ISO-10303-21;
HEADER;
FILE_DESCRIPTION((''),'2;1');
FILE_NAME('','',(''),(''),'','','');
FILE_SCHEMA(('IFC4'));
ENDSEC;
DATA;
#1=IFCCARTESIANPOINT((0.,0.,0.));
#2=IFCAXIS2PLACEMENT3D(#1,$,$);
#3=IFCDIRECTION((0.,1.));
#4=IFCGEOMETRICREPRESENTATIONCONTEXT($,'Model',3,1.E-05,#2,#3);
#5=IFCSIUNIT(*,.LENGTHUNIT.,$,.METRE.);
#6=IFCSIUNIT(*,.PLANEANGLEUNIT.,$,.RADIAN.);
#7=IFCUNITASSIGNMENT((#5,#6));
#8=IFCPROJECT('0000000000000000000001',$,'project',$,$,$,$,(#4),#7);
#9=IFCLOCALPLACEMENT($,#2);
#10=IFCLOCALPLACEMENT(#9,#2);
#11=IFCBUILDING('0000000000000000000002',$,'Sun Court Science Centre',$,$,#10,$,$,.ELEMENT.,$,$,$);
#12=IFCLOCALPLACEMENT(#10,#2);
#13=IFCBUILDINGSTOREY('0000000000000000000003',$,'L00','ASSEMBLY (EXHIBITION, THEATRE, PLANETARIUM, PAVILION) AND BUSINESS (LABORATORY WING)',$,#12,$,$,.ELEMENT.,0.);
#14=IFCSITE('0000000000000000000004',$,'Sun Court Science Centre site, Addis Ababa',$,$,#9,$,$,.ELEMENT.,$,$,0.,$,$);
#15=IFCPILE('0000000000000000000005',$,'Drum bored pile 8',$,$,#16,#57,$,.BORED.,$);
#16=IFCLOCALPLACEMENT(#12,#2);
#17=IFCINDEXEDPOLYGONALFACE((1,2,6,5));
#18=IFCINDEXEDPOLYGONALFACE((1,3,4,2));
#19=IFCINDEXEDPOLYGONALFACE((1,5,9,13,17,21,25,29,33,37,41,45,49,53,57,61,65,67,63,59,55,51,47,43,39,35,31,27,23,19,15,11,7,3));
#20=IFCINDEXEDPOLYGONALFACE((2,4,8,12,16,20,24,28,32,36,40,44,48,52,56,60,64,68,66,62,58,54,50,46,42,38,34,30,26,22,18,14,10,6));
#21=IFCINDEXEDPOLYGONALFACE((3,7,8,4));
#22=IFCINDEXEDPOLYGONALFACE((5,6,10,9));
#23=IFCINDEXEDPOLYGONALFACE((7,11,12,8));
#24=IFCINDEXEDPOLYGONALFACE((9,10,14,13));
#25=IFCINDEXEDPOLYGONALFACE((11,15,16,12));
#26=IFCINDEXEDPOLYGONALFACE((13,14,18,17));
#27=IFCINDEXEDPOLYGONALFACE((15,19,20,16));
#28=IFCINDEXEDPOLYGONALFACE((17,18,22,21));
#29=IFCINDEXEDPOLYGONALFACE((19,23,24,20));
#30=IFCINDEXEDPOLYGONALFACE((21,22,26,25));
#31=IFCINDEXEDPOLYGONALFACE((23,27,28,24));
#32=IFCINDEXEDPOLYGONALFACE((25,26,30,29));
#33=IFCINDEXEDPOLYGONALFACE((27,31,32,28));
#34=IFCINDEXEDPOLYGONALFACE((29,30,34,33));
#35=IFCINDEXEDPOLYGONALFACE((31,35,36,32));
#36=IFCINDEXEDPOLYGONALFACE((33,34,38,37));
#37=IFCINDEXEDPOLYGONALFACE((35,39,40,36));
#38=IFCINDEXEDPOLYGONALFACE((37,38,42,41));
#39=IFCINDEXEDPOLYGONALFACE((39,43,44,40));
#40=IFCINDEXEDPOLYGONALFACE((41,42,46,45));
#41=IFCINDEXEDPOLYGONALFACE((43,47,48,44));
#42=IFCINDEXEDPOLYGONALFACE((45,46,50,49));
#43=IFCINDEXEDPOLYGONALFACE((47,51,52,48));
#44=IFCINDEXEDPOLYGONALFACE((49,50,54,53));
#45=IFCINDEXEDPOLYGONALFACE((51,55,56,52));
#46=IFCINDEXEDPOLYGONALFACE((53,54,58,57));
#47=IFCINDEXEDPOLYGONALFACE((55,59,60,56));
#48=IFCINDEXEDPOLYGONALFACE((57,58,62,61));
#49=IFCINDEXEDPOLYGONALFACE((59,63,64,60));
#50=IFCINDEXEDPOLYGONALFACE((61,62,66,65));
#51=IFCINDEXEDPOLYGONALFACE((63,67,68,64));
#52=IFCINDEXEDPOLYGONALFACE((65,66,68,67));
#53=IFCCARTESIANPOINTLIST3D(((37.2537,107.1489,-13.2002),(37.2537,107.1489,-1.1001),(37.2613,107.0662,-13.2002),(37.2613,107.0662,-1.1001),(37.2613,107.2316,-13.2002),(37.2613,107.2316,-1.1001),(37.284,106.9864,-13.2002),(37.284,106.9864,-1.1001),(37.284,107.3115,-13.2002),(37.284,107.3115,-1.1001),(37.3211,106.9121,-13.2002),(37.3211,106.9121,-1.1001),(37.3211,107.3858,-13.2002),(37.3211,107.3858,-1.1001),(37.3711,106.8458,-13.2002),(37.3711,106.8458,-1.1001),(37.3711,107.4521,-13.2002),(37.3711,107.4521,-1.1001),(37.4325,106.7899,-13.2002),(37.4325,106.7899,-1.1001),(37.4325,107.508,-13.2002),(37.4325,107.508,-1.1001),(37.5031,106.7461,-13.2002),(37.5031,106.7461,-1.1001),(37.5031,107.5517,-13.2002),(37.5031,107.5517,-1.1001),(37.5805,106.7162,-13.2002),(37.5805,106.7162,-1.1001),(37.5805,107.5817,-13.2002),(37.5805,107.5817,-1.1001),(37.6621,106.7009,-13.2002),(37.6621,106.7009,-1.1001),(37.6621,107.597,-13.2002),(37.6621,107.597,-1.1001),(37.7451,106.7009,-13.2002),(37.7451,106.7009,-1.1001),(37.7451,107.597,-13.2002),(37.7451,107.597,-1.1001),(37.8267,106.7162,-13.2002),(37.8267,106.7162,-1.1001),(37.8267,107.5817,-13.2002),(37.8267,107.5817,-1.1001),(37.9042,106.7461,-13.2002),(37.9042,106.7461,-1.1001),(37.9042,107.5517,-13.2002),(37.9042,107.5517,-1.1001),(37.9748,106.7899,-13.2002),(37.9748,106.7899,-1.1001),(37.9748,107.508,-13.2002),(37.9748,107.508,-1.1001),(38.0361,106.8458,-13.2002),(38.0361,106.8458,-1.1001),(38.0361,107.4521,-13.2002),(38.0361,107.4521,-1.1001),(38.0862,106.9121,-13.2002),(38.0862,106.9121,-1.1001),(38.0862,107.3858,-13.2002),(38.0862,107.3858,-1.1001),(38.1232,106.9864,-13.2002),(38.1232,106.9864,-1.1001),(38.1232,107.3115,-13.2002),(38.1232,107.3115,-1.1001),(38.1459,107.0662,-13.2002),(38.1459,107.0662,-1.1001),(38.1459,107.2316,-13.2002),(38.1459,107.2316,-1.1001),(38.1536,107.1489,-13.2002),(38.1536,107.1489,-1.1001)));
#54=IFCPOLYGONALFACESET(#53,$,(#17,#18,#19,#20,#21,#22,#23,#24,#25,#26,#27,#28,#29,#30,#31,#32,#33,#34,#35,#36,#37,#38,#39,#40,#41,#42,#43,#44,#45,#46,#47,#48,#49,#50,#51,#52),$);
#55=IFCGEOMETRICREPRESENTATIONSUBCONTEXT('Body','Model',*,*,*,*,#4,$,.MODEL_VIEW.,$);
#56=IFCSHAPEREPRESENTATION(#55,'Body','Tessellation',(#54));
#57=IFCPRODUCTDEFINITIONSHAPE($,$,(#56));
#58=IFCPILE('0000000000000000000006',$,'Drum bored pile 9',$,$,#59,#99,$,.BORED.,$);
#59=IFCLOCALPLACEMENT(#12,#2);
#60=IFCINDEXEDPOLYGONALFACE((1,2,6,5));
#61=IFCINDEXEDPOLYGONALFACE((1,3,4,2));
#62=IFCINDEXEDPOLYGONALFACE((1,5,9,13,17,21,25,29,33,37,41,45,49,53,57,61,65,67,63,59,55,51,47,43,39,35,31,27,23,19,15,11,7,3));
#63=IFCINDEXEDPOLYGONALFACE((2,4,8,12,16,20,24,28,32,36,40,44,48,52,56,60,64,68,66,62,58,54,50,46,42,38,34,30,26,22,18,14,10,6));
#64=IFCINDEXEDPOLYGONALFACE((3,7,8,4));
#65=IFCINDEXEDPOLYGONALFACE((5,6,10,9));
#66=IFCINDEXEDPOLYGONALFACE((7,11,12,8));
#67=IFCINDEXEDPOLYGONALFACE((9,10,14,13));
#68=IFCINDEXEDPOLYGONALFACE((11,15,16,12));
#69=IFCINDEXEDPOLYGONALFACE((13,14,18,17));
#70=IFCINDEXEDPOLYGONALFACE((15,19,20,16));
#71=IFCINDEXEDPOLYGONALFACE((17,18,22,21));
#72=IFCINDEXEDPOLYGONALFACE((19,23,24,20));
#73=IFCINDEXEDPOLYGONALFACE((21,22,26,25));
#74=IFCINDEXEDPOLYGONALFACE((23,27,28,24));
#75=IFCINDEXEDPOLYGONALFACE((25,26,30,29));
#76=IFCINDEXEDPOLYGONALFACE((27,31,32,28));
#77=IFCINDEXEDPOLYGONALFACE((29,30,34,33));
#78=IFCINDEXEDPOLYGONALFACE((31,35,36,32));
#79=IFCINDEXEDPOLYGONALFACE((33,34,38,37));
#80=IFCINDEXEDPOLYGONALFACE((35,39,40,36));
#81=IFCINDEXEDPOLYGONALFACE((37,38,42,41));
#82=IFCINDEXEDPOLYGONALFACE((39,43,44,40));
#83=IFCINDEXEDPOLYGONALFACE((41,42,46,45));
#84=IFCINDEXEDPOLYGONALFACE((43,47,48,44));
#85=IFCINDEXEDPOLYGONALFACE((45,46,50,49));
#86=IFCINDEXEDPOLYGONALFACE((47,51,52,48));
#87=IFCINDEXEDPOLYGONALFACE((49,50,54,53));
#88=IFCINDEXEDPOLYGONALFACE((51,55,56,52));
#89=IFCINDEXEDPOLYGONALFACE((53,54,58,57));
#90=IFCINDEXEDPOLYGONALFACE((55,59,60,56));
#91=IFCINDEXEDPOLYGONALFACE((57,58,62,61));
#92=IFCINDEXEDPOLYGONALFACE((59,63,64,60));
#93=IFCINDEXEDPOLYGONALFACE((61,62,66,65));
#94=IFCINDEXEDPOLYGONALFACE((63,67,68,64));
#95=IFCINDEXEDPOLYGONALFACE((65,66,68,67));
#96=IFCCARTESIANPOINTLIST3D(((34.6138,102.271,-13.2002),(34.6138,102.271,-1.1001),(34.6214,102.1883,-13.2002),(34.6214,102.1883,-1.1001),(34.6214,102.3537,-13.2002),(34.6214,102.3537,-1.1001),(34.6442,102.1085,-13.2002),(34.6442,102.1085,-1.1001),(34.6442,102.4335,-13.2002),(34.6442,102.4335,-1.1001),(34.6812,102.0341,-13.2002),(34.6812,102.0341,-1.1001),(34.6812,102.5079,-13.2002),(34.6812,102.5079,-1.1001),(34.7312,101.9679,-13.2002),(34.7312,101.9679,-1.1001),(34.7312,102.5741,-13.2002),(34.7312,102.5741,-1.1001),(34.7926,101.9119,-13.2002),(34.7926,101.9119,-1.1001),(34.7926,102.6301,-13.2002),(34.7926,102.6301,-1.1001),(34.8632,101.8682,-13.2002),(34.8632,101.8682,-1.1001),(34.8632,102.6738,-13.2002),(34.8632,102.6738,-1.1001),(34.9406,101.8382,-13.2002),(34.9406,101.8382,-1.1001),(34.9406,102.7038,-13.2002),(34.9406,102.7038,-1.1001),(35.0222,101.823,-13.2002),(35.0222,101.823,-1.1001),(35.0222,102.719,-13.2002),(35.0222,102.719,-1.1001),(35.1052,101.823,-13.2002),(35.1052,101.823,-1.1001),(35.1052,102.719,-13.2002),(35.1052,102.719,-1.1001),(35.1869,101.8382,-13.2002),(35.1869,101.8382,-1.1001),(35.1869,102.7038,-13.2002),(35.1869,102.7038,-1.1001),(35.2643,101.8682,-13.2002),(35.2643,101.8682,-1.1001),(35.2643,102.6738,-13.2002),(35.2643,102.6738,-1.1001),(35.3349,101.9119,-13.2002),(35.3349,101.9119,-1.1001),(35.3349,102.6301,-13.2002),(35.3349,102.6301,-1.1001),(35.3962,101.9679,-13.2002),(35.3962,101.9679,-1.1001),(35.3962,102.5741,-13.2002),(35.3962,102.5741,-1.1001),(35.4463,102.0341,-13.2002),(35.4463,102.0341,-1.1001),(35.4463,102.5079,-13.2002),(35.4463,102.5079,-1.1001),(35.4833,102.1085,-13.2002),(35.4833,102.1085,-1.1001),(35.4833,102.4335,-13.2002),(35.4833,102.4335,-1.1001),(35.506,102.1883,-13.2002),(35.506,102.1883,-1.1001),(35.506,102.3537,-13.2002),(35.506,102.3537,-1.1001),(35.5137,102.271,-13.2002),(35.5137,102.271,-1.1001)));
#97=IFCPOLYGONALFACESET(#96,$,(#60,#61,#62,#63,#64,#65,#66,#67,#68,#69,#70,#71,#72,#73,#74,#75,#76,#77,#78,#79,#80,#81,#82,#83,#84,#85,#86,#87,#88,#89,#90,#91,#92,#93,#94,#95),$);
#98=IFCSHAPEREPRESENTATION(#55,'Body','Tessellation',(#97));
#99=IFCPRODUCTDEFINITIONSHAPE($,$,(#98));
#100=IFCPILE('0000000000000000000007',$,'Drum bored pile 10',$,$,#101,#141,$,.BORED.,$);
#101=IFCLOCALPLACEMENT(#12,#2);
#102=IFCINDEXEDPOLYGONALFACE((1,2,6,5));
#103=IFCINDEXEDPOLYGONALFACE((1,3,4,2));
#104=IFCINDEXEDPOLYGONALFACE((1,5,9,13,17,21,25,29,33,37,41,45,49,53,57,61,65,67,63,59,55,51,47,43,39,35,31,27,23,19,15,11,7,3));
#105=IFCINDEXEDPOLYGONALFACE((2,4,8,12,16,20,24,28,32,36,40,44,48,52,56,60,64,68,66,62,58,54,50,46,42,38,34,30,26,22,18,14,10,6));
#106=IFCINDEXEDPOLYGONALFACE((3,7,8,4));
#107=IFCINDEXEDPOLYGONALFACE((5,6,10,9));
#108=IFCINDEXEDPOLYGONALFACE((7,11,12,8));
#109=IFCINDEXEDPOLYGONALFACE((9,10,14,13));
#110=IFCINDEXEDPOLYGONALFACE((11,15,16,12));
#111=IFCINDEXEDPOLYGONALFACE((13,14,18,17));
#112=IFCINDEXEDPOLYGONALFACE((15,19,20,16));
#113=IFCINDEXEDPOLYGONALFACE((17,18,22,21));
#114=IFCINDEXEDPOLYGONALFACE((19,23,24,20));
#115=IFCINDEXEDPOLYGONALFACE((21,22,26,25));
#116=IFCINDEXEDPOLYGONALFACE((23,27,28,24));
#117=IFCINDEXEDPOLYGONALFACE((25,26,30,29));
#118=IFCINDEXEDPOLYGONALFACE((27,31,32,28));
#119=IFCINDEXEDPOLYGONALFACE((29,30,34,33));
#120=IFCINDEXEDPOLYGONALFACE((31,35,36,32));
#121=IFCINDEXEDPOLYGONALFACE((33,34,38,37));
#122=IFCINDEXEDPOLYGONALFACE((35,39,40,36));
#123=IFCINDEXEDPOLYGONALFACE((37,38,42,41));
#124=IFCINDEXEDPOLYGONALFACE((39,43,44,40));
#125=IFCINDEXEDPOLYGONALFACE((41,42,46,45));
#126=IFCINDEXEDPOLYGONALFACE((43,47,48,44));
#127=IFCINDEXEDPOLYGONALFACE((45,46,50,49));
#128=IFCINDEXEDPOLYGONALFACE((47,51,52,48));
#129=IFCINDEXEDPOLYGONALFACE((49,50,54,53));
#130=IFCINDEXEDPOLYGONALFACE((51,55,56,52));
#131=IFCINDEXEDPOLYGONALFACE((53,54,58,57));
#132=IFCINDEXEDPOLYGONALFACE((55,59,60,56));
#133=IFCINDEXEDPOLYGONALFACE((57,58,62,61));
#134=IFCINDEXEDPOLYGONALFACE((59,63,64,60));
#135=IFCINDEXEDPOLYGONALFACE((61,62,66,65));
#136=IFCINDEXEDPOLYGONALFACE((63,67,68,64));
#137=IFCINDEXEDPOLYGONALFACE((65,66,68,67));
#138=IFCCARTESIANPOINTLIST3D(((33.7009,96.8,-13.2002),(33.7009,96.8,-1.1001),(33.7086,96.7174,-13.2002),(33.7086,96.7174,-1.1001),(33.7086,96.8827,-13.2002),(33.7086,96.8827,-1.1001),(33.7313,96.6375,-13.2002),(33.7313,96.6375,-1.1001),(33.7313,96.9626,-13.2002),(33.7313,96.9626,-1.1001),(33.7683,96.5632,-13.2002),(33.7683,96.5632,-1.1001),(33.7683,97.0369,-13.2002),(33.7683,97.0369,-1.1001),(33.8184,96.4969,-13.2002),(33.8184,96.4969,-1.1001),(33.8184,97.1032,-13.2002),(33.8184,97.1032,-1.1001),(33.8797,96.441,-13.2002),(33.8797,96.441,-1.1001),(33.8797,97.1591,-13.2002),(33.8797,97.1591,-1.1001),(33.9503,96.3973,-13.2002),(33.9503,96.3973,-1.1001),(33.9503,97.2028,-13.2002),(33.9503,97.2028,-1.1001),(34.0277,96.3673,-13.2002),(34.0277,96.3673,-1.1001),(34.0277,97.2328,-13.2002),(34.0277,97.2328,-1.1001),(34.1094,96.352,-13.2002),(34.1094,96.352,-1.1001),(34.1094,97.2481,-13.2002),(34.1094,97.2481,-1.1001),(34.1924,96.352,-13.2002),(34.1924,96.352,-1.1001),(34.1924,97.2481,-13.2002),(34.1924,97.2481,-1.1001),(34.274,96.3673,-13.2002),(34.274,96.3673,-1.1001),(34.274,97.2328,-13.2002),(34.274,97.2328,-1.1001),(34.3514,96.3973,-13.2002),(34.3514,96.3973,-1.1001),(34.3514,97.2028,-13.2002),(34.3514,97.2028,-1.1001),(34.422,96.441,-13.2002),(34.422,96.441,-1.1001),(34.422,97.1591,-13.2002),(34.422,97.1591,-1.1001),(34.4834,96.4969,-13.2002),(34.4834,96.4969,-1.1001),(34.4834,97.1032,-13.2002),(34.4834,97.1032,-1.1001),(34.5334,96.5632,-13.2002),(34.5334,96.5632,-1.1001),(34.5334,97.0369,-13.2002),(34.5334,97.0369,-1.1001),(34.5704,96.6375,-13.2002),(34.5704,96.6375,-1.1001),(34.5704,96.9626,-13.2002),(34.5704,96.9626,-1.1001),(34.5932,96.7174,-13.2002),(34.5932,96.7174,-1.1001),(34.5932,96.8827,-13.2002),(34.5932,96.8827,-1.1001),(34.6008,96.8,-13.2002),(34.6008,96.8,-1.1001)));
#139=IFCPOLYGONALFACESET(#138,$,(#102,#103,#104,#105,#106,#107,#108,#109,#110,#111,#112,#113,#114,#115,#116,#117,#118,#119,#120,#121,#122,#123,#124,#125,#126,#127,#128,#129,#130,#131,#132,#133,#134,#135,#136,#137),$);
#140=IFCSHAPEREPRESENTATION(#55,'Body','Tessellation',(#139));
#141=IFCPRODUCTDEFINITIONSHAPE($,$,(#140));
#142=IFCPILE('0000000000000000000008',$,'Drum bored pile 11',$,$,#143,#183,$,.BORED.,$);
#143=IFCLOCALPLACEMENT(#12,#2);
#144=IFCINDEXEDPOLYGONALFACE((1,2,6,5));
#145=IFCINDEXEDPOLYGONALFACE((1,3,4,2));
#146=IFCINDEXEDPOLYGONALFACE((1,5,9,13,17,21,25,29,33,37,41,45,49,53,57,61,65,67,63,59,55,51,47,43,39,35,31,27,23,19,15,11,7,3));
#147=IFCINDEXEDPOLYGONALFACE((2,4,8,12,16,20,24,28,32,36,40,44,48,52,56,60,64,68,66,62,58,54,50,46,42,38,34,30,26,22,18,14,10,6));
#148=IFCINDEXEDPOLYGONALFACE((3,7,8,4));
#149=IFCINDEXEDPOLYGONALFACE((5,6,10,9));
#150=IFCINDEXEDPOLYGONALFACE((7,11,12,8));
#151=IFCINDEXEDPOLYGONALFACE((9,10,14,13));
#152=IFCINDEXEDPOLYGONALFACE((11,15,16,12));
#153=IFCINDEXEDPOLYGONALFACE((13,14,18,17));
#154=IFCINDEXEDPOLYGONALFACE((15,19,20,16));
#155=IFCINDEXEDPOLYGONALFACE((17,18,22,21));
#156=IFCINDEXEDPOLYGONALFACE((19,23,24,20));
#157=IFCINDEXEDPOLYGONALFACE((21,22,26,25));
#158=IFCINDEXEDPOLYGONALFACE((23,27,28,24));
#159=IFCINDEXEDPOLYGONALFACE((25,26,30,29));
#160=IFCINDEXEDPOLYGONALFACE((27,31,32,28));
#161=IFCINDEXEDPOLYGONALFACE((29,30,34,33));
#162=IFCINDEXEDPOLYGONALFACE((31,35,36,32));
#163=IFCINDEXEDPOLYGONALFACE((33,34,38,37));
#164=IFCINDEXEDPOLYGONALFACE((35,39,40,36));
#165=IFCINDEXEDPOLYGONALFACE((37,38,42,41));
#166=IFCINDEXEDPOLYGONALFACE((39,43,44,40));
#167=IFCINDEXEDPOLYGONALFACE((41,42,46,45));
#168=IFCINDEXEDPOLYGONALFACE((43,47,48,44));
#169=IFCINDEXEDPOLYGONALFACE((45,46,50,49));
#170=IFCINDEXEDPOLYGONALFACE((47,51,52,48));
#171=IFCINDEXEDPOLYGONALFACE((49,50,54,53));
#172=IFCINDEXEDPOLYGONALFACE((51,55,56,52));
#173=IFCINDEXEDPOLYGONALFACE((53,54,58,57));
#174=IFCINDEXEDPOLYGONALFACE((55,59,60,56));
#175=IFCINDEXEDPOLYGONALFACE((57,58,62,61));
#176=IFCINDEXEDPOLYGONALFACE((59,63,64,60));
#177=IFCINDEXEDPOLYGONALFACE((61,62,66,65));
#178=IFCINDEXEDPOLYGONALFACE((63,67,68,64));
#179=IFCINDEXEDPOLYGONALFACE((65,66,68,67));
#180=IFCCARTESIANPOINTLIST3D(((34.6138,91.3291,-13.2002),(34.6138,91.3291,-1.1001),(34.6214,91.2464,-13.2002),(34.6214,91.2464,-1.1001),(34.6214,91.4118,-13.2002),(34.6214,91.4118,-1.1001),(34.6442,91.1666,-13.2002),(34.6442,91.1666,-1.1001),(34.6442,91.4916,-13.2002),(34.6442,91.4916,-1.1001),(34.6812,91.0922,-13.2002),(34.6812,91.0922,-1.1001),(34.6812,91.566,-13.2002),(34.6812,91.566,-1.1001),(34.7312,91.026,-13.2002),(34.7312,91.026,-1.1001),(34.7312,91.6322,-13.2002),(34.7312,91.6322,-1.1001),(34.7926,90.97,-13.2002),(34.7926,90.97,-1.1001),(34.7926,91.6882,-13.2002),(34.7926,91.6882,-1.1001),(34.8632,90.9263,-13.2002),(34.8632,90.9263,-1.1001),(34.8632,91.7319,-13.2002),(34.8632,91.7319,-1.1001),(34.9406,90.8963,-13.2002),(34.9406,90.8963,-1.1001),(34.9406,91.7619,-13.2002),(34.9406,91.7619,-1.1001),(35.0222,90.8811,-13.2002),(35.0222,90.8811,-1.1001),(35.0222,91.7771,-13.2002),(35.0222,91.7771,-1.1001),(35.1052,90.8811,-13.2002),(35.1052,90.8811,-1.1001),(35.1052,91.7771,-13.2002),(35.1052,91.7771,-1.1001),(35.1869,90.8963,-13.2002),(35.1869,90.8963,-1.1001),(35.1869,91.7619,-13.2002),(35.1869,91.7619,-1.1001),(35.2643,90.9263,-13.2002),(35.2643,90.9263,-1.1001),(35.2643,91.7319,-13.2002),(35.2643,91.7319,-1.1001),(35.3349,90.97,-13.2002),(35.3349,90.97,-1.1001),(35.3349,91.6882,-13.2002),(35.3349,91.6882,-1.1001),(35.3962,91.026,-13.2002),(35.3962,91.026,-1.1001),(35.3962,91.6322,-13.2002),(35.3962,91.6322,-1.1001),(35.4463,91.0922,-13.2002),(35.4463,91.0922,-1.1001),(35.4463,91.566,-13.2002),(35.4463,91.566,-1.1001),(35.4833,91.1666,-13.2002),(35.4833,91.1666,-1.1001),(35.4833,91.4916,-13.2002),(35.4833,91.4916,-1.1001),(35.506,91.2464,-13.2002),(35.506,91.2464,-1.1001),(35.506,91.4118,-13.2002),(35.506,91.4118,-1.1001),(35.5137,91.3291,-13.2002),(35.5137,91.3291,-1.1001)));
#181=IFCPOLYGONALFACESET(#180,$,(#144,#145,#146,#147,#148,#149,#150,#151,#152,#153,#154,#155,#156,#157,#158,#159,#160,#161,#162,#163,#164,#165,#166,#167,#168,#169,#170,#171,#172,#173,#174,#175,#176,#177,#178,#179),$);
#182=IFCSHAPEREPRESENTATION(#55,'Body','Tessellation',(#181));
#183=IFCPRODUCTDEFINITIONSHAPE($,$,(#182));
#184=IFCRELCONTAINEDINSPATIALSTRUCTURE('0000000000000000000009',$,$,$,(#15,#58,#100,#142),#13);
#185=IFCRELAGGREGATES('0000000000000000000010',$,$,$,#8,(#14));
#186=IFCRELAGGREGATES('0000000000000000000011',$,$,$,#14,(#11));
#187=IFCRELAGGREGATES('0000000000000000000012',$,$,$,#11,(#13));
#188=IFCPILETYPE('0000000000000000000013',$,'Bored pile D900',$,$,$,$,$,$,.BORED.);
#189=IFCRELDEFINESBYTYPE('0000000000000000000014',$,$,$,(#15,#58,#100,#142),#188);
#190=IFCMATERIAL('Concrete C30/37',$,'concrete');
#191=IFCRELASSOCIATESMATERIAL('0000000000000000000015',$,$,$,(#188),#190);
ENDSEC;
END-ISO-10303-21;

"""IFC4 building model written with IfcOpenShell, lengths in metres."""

from ifc_helpers import new_model, si_unit, direction, frame, origin, origin_2d, place, context, subcontext, project, spatial, circle, extrude, material, material_profile, profile_set, type_object, element, save


model = new_model("IFC4")

# Units and contexts
model_context = context("Model", 3, precision=1e-05, world=origin(), true_north=direction((0.0, 1.0)))
body_context = subcontext(model_context, "Body", "Model", "MODEL_VIEW")
ifc_project = project(units=[si_unit("LENGTHUNIT", "METRE"), si_unit("PLANEANGLEUNIT", "RADIAN")], contexts=[model_context])

# Site, building, storey
site_placement = place(None, origin())
site = spatial("IfcSite", under=ifc_project, at=site_placement, Name="Sun Court Science Centre site, Addis Ababa", CompositionType="ELEMENT", RefElevation=0.0)
building_placement = place(site_placement, origin())
building = spatial("IfcBuilding", under=site, at=building_placement, Name="Sun Court Science Centre", CompositionType="ELEMENT")
storey_placement = place(building_placement, origin())
storey = spatial("IfcBuildingStorey", under=building, at=storey_placement, Name="L00", Description="ASSEMBLY (EXHIBITION, THEATRE, PLANETARIUM, PAVILION) AND BUSINESS (LABORATORY WING)", CompositionType="ELEMENT", Elevation=0.0)

# Piles
ifc_material_1 = material(Name="Concrete C30/37", Category="concrete")
ifc_material_profile_1 = material_profile(ifc_material_1, circle(Radius=0.45, at=origin_2d()), Name="RC D900")
ifc_profile_set_1 = profile_set([ifc_material_profile_1], Name="Concrete C30/37")
pile_type = type_object("IfcPileType", Name="Bored pile D900", PredefinedType="BORED", material=ifc_profile_set_1)
for number, where, z_axis, x_axis, name in (
    (1, (37.7036, 107.1489, -1.1001), (0.0, 0.0, -1.0), (1.0, 0.0, 0.0), "Drum bored pile 8"),
    (2, (35.0637, 102.271, -1.1001), (0.0, 0.0, -1.0), (1.0, 0.0, 0.0), "Drum bored pile 9"),
    (3, (34.1509, 96.8, -1.1001), (0.0, 0.0, -1.0), (1.0, 0.0, 0.0), "Drum bored pile 10"),
    (4, (35.0637, 91.3291, -1.1001), (0.0, 0.0, -1.0), (1.0, 0.0, 0.0), "Drum bored pile 11"),
):
    element("IfcPile", number, at=place(storey_placement, frame(where, z_axis=z_axis, x_axis=x_axis)), inside=storey, type_object=pile_type, Name=name, PredefinedType="BORED", context=body_context, shape_type="SweptSolid", body=[
        extrude(circle(Radius=0.45, at=origin_2d()), origin(), (0.0, 0.0, 1.0), 12.1001),
    ])

save(model, "model.ifc")
